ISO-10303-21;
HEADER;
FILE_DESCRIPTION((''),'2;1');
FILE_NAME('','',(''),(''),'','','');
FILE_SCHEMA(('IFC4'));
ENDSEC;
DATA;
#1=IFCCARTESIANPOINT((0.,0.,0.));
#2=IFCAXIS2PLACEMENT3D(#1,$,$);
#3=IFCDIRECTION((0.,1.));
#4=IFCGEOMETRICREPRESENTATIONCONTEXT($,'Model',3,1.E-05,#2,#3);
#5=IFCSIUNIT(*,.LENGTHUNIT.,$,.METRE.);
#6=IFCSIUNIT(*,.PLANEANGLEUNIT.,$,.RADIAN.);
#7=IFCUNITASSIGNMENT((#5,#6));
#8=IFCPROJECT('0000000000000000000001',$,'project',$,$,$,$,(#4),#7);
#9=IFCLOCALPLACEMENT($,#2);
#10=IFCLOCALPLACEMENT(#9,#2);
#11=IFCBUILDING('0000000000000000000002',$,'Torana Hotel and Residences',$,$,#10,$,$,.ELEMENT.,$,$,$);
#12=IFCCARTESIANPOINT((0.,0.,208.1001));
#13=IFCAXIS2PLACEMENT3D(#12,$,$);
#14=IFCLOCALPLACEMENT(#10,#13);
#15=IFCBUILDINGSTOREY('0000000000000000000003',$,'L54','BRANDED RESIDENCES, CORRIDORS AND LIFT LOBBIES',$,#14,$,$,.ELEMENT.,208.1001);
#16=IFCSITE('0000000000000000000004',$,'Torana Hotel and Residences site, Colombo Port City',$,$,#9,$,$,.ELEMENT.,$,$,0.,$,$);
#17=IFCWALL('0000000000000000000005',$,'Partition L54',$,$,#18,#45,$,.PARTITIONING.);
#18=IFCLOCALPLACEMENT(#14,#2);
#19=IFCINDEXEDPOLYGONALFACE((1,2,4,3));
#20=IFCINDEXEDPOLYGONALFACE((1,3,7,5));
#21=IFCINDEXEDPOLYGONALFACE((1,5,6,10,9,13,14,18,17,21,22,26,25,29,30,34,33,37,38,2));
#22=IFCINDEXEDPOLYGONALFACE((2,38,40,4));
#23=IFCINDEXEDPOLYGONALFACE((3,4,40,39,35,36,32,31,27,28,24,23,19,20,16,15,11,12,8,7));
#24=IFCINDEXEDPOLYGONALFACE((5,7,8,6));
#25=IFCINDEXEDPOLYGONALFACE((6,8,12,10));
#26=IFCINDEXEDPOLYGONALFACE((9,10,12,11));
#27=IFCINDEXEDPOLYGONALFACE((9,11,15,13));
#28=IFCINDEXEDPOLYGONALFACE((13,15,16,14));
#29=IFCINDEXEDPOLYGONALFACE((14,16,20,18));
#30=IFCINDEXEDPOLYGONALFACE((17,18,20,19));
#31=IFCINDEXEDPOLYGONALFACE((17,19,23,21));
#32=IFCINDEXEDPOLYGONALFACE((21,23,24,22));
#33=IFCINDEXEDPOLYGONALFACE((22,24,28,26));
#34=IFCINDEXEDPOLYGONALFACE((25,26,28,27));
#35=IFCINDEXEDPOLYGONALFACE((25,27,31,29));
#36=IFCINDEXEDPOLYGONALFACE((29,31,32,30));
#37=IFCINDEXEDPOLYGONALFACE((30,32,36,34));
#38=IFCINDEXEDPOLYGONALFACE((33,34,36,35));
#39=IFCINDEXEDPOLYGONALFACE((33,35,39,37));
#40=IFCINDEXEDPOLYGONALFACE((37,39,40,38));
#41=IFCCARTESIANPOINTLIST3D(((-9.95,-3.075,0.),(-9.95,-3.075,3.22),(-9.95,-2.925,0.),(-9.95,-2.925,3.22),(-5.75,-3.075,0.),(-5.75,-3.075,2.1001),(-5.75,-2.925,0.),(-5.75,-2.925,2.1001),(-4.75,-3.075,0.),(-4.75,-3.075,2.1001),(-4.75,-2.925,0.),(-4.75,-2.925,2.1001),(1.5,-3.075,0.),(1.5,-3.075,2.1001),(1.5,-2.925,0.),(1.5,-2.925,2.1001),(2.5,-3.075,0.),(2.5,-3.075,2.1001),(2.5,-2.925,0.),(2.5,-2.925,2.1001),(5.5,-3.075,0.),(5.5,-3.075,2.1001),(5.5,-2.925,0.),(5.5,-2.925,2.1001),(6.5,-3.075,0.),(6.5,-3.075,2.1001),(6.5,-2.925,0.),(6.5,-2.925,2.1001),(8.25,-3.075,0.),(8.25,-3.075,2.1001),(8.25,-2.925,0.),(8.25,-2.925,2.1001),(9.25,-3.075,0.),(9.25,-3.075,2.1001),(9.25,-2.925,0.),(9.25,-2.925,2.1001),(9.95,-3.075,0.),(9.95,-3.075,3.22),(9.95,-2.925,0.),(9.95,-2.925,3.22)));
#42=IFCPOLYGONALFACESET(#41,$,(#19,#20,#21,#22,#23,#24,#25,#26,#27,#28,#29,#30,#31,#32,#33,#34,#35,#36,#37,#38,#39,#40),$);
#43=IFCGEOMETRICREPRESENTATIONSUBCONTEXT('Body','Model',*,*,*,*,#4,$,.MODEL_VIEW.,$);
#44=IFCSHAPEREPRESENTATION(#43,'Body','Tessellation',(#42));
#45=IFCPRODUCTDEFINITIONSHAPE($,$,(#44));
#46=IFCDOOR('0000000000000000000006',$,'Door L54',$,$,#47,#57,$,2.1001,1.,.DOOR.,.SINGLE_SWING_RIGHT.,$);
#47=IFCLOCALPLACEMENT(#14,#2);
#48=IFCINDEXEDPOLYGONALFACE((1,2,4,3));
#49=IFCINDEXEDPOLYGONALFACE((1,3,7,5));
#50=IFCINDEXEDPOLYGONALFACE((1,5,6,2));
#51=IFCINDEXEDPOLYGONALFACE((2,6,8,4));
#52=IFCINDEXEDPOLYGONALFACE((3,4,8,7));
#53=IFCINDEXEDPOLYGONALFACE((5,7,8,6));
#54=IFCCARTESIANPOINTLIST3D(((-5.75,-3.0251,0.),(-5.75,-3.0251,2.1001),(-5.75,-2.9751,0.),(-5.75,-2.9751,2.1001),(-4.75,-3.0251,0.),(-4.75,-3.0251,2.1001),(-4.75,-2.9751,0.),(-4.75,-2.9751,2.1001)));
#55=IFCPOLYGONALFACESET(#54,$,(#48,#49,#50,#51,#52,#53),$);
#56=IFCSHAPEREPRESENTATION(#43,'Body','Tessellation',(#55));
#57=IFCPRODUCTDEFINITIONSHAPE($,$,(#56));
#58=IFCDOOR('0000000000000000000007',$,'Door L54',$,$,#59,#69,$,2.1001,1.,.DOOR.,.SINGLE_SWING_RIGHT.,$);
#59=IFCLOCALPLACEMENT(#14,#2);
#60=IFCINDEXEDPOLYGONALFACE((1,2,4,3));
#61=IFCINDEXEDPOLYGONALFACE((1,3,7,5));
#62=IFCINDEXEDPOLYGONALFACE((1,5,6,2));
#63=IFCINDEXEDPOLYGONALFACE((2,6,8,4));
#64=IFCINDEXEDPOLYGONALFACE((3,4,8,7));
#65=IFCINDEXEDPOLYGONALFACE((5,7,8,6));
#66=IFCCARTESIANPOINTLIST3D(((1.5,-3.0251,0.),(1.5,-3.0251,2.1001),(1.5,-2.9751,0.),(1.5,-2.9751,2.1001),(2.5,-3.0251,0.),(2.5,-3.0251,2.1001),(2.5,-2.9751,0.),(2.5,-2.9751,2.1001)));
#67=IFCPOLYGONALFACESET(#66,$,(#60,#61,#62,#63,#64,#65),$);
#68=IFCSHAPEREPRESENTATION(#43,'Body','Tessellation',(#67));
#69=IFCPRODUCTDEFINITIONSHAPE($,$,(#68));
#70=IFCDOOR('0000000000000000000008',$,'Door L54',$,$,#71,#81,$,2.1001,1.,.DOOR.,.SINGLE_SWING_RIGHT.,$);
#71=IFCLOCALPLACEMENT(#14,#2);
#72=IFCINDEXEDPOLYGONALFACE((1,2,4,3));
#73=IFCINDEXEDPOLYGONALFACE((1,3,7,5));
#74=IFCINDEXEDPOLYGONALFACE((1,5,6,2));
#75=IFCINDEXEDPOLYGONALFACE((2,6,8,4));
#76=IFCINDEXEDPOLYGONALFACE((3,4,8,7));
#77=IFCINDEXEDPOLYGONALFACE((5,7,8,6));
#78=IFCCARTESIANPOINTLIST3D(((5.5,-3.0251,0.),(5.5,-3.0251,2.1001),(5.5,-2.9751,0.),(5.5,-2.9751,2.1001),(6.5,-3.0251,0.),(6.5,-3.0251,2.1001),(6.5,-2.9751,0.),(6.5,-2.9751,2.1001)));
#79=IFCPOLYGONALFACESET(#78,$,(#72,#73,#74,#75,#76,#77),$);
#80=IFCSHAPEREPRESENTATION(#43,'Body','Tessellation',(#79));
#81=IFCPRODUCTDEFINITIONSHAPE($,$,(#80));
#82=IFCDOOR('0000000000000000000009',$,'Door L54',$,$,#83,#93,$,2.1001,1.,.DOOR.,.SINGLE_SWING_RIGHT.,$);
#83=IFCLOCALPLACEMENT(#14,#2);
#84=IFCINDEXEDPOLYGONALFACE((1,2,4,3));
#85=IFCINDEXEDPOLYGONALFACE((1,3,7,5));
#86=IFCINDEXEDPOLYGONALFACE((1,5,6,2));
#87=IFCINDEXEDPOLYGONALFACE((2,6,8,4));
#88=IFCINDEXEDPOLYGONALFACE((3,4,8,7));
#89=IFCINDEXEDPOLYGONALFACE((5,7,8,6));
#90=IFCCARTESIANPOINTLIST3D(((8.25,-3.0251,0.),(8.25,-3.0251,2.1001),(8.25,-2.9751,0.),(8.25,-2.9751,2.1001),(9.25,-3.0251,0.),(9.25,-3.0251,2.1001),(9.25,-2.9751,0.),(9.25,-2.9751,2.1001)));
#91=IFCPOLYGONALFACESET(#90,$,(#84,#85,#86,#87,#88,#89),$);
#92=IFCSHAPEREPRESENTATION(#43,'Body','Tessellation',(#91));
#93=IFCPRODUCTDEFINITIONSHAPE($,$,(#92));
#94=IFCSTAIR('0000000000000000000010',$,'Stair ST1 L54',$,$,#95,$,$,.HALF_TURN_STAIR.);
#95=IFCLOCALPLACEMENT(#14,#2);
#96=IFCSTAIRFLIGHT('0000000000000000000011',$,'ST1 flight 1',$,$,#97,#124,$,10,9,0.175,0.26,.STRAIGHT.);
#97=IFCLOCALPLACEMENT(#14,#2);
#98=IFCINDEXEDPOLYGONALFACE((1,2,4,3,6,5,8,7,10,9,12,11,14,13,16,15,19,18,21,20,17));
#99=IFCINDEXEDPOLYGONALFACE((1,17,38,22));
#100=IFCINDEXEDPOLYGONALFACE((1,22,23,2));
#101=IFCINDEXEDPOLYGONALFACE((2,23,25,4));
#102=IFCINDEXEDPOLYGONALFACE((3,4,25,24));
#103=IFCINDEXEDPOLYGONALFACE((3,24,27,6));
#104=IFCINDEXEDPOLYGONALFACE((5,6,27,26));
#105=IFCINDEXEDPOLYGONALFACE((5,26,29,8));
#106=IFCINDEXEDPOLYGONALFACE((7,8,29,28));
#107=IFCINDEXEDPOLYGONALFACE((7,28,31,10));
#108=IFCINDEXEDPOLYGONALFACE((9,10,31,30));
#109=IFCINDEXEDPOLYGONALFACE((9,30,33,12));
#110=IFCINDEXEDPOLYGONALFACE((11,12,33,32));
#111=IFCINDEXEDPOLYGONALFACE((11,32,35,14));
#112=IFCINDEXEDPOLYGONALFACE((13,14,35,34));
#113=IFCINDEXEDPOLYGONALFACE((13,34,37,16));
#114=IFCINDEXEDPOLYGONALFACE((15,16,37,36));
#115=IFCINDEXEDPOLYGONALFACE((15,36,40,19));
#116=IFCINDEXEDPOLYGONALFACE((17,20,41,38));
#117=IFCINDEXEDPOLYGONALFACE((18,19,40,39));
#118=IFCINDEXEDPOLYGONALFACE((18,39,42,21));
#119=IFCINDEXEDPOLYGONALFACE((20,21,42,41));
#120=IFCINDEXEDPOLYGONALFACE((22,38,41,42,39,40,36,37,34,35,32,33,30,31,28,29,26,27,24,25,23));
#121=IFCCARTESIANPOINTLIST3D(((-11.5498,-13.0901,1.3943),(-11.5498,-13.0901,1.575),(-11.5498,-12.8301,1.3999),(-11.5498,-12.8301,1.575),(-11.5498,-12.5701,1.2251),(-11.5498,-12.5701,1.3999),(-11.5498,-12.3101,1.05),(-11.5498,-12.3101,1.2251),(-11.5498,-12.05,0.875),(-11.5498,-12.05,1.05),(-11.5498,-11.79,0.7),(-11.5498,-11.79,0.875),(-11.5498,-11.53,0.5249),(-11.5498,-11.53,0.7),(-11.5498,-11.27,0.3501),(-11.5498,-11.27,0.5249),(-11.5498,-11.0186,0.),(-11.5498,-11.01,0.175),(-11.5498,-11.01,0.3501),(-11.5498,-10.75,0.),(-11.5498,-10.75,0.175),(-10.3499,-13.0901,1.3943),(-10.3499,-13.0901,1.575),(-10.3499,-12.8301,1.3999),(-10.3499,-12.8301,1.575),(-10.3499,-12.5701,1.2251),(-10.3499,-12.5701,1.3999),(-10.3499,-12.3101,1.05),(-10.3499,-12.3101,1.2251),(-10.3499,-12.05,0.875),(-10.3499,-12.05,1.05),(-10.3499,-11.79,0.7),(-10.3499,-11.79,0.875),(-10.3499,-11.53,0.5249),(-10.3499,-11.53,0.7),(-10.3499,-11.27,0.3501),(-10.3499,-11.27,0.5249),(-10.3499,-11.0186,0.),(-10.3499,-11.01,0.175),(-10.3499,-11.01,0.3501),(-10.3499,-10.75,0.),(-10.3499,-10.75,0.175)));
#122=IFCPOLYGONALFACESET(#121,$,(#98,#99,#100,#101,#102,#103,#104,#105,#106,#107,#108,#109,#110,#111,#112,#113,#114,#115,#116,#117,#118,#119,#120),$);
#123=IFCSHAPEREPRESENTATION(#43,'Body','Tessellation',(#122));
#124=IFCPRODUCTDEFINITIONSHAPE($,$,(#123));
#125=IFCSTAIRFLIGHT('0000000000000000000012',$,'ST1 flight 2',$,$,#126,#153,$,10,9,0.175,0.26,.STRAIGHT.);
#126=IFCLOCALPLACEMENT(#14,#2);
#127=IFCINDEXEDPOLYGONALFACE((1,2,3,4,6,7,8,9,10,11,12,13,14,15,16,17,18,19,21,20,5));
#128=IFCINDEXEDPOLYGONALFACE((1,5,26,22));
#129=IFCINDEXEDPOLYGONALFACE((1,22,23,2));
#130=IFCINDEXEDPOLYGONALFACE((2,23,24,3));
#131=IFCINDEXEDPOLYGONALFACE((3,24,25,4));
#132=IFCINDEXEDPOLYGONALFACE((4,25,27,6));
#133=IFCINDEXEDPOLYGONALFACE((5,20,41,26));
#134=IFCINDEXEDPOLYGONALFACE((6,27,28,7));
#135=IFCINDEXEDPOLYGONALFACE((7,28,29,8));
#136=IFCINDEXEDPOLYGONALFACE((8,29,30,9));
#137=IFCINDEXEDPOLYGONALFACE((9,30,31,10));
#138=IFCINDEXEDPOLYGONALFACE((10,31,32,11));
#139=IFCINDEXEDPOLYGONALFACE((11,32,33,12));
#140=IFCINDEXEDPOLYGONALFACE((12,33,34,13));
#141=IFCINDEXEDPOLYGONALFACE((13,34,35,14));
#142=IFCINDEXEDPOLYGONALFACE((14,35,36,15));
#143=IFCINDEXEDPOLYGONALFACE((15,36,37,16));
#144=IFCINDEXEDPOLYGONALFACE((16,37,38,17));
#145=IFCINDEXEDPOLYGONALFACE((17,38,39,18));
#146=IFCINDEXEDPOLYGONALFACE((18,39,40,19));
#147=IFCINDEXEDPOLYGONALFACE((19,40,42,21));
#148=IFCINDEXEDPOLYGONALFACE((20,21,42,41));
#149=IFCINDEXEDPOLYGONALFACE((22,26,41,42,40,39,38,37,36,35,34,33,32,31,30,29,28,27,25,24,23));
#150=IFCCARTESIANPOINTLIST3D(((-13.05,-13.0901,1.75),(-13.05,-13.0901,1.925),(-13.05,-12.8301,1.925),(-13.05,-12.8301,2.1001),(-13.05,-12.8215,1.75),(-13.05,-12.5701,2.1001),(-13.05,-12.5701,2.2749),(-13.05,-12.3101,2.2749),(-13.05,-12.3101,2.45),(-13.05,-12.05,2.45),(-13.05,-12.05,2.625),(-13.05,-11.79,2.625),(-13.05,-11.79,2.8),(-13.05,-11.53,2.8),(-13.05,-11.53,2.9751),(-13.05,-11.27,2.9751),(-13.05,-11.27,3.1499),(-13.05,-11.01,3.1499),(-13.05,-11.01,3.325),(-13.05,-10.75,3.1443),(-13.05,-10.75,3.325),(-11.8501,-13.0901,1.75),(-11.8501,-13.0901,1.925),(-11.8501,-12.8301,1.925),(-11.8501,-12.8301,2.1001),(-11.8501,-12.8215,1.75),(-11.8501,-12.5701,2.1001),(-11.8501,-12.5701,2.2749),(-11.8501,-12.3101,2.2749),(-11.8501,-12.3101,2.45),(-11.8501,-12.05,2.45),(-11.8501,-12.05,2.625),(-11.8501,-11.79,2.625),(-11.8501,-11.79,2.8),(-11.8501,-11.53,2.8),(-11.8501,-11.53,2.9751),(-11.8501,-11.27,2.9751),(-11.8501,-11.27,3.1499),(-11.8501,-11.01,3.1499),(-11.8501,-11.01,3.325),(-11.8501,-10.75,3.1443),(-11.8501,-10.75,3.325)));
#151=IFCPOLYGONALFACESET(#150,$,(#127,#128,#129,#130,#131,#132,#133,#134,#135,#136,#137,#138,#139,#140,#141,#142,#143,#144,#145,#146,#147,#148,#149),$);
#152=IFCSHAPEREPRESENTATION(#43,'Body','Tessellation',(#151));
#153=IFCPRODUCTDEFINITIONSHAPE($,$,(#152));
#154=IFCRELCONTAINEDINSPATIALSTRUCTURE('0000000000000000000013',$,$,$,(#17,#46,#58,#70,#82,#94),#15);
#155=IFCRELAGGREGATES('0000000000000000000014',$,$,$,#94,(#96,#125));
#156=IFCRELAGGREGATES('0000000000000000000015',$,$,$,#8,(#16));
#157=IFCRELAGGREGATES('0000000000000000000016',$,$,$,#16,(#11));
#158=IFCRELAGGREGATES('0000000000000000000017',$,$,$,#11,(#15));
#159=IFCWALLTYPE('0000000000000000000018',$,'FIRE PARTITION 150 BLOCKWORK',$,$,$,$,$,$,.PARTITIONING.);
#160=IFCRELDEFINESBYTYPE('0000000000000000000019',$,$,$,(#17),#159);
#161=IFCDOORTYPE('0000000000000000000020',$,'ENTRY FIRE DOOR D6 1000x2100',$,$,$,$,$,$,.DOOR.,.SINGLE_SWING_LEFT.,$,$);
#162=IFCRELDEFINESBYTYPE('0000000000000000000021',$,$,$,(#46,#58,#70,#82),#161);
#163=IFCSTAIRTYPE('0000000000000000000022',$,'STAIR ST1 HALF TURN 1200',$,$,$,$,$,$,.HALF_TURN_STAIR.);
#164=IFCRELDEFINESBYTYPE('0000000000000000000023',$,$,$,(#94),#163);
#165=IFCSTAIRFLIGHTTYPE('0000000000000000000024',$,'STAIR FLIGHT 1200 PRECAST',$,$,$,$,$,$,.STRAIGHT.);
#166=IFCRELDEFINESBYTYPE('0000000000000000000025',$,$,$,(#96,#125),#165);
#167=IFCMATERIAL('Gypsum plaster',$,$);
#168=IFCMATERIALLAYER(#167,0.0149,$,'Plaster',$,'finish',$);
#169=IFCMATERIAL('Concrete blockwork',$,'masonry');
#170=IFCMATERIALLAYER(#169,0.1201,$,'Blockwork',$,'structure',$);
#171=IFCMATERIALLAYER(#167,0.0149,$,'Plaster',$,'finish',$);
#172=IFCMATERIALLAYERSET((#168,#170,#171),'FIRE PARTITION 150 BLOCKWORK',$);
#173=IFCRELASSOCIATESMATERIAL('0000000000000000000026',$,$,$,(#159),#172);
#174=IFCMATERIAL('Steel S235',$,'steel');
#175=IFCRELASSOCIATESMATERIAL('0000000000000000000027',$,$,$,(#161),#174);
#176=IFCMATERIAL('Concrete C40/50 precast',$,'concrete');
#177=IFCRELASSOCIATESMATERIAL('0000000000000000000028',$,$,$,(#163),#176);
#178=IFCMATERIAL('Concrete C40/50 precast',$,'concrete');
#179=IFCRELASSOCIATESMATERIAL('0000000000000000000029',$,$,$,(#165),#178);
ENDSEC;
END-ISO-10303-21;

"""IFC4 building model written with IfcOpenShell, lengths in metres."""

from ifc_helpers import new_model, si_unit, direction, frame, frame_2d, origin, place, context, subcontext, project, spatial, polyline, rectangle, outline, extrude, material, layer, layer_set, type_object, element, fill, aggregate, save


model = new_model("IFC4")

# Units and contexts
model_context = context("Model", 3, precision=1e-05, world=origin(), true_north=direction((0.0, 1.0)))
body_context = subcontext(model_context, "Body", "Model", "MODEL_VIEW")
ifc_project = project(units=[si_unit("LENGTHUNIT", "METRE"), si_unit("PLANEANGLEUNIT", "RADIAN")], contexts=[model_context])

# Site, building, storey
site_placement = place(None, origin())
site = spatial("IfcSite", under=ifc_project, at=site_placement, Name="Torana Hotel and Residences site, Colombo Port City", CompositionType="ELEMENT", RefElevation=0.0)
building_placement = place(site_placement, origin())
building = spatial("IfcBuilding", under=site, at=building_placement, Name="Torana Hotel and Residences", CompositionType="ELEMENT")
storey_placement = place(building_placement, frame((0.0, 0.0, 208.1001)))
storey = spatial("IfcBuildingStorey", under=building, at=storey_placement, Name="L54", Description="BRANDED RESIDENCES, CORRIDORS AND LIFT LOBBIES", CompositionType="ELEMENT", Elevation=208.1001)

# Shared definitions
ifc_material_1 = material(Name="Gypsum plaster")
ifc_layer_1 = layer(ifc_material_1, 0.0149, Name="Plaster", Category="finish")
ifc_material_2 = material(Name="Concrete blockwork", Category="masonry")
ifc_layer_2 = layer(ifc_material_2, 0.1201, Name="Blockwork", Category="structure")
ifc_layer_3 = layer(ifc_material_1, 0.0149, Name="Plaster", Category="finish")
ifc_layer_set_1 = layer_set([ifc_layer_1, ifc_layer_2, ifc_layer_3], Name="FIRE PARTITION 150 BLOCKWORK")
wall_type_1 = type_object("IfcWallType", Name="FIRE PARTITION 150 BLOCKWORK", PredefinedType="PARTITIONING", material=ifc_layer_set_1)

# Wall, openings, doors
ifc_material_3 = material(Name="Steel S235", Category="steel")
door_type_1 = type_object("IfcDoorType", Name="ENTRY FIRE DOOR D6 1000x2100", OperationType="SINGLE_SWING_LEFT", PredefinedType="DOOR", material=ifc_material_3)
wall_1_placement = place(storey_placement, frame((-9.95, -3.0, 0.0), z_axis=(0.0, 0.0, 1.0), x_axis=(1.0, 0.0, 0.0)))
wall_1 = element("IfcWall", 1, at=wall_1_placement, inside=storey, type_object=wall_type_1, Name="Partition L54", PredefinedType="PARTITIONING", context=body_context, shape_type="SweptSolid", body=[
    extrude(rectangle(XDim=19.8999, YDim=0.1499, at=frame_2d((9.95, 0.0))), origin(), (0.0, 0.0, 1.0), 3.22),
])
opening_1_placement = place(wall_1_placement, frame((4.2, 0.0, 0.0)))
opening_1 = element("IfcOpeningElement", 2, at=opening_1_placement, cuts=wall_1, PredefinedType="OPENING", context=body_context, shape_type="SweptSolid", body=[
    extrude(rectangle(XDim=1.0, YDim=2.1001, at=frame_2d((0.5, 1.05))), frame((0.0, 0.085, 0.0), z_axis=(0.0, -1.0, 0.0), x_axis=(1.0, 0.0, 0.0)), (0.0, 0.0, 1.0), 0.1699),
])
opening_2_placement = place(wall_1_placement, frame((11.45, 0.0, 0.0)))
opening_2 = element("IfcOpeningElement", 3, at=opening_2_placement, cuts=wall_1, PredefinedType="OPENING", context=body_context, shape_type="SweptSolid", body=[
    extrude(rectangle(XDim=1.0, YDim=2.1001, at=frame_2d((0.5, 1.05))), frame((0.0, 0.085, 0.0), z_axis=(0.0, -1.0, 0.0), x_axis=(1.0, 0.0, 0.0)), (0.0, 0.0, 1.0), 0.1699),
])
opening_3_placement = place(wall_1_placement, frame((15.45, 0.0, 0.0)))
opening_3 = element("IfcOpeningElement", 4, at=opening_3_placement, cuts=wall_1, PredefinedType="OPENING", context=body_context, shape_type="SweptSolid", body=[
    extrude(rectangle(XDim=1.0, YDim=2.1001, at=frame_2d((0.5, 1.05))), frame((0.0, 0.085, 0.0), z_axis=(0.0, -1.0, 0.0), x_axis=(1.0, 0.0, 0.0)), (0.0, 0.0, 1.0), 0.1699),
])
opening_4_placement = place(wall_1_placement, frame((18.2, 0.0, 0.0)))
opening_4 = element("IfcOpeningElement", 5, at=opening_4_placement, cuts=wall_1, PredefinedType="OPENING", context=body_context, shape_type="SweptSolid", body=[
    extrude(rectangle(XDim=1.0, YDim=2.1001, at=frame_2d((0.5, 1.05))), frame((0.0, 0.085, 0.0), z_axis=(0.0, -1.0, 0.0), x_axis=(1.0, 0.0, 0.0)), (0.0, 0.0, 1.0), 0.1699),
])
door_1_placement = place(opening_1_placement, origin())
door_1 = element("IfcDoor", 6, at=door_1_placement, inside=storey, type_object=door_type_1, Name="Door L54", OperationType="SINGLE_SWING_RIGHT", OverallHeight=2.1001, OverallWidth=1.0, PredefinedType="DOOR", context=body_context, shape_type="SweptSolid", body=[
    extrude(rectangle(XDim=1.0, YDim=2.1001, at=frame_2d((0.5, 1.05))), frame((0.0, 0.0249, 0.0), z_axis=(0.0, -1.0, 0.0), x_axis=(1.0, 0.0, 0.0)), (0.0, 0.0, 1.0), 0.05),
])
fill(opening_1, door_1)
door_2_placement = place(opening_2_placement, origin())
door_2 = element("IfcDoor", 7, at=door_2_placement, inside=storey, type_object=door_type_1, Name="Door L54", OperationType="SINGLE_SWING_RIGHT", OverallHeight=2.1001, OverallWidth=1.0, PredefinedType="DOOR", context=body_context, shape_type="SweptSolid", body=[
    extrude(rectangle(XDim=1.0, YDim=2.1001, at=frame_2d((0.5, 1.05))), frame((0.0, 0.0249, 0.0), z_axis=(0.0, -1.0, 0.0), x_axis=(1.0, 0.0, 0.0)), (0.0, 0.0, 1.0), 0.05),
])
fill(opening_2, door_2)
door_3_placement = place(opening_3_placement, origin())
door_3 = element("IfcDoor", 8, at=door_3_placement, inside=storey, type_object=door_type_1, Name="Door L54", OperationType="SINGLE_SWING_RIGHT", OverallHeight=2.1001, OverallWidth=1.0, PredefinedType="DOOR", context=body_context, shape_type="SweptSolid", body=[
    extrude(rectangle(XDim=1.0, YDim=2.1001, at=frame_2d((0.5, 1.05))), frame((0.0, 0.0249, 0.0), z_axis=(0.0, -1.0, 0.0), x_axis=(1.0, 0.0, 0.0)), (0.0, 0.0, 1.0), 0.05),
])
fill(opening_3, door_3)
door_4_placement = place(opening_4_placement, origin())
door_4 = element("IfcDoor", 9, at=door_4_placement, inside=storey, type_object=door_type_1, Name="Door L54", OperationType="SINGLE_SWING_RIGHT", OverallHeight=2.1001, OverallWidth=1.0, PredefinedType="DOOR", context=body_context, shape_type="SweptSolid", body=[
    extrude(rectangle(XDim=1.0, YDim=2.1001, at=frame_2d((0.5, 1.05))), frame((0.0, 0.0249, 0.0), z_axis=(0.0, -1.0, 0.0), x_axis=(1.0, 0.0, 0.0)), (0.0, 0.0, 1.0), 0.05),
])
fill(opening_4, door_4)

# Stair, stair flights
ifc_material_4 = material(Name="Concrete C40/50 precast", Category="concrete")
stair_type = type_object("IfcStairType", Name="STAIR ST1 HALF TURN 1200", PredefinedType="HALF_TURN_STAIR", material=ifc_material_4)
stair_placement = place(storey_placement, origin())
stair = element("IfcStair", 10, at=stair_placement, inside=storey, type_object=stair_type, Name="Stair ST1 L54", PredefinedType="HALF_TURN_STAIR")
ifc_material_5 = material(Name="Concrete C40/50 precast", Category="concrete")
stair_flight_type = type_object("IfcStairFlightType", Name="STAIR FLIGHT 1200 PRECAST", PredefinedType="STRAIGHT", material=ifc_material_5)
stair_flight_1_placement = place(storey_placement, frame((-10.95, -10.75, 0.0), z_axis=(0.0, 0.0, 1.0), x_axis=(0.0, -1.0, 0.0)))
stair_flight_1 = element("IfcStairFlight", 11, at=stair_flight_1_placement, type_object=stair_flight_type, Name="ST1 flight 1", NumberOfRisers=10, NumberOfTreads=9, PredefinedType="STRAIGHT", RiserHeight=0.175, TreadLength=0.26, context=body_context, shape_type="SweptSolid", body=[
    extrude(outline(polyline([(0.0, 0.0), (0.0, 0.175), (0.26, 0.175), (0.26, 0.3501), (0.52, 0.3501), (0.52, 0.5249), (0.78, 0.5249), (0.78, 0.7), (1.04, 0.7), (1.04, 0.875), (1.3, 0.875), (1.3, 1.05), (1.5601, 1.05), (1.5601, 1.2251), (1.8201, 1.2251), (1.8201, 1.3999), (2.0801, 1.3999), (2.0801, 1.575), (2.3401, 1.575), (2.3401, 1.75), (2.3401, 1.3943), (0.2686, 0.0), (0.0, 0.0)])), frame((0.0, 0.6001, 0.0), z_axis=(0.0, -1.0, 0.0), x_axis=(1.0, 0.0, 0.0)), (0.0, 0.0, 1.0), 1.2),
])
stair_flight_2_placement = place(storey_placement, frame((-12.45, -13.0901, 1.75), z_axis=(0.0, 0.0, 1.0), x_axis=(0.0, 1.0, 0.0)))
stair_flight_2 = element("IfcStairFlight", 12, at=stair_flight_2_placement, type_object=stair_flight_type, Name="ST1 flight 2", NumberOfRisers=10, NumberOfTreads=9, PredefinedType="STRAIGHT", RiserHeight=0.175, TreadLength=0.26, context=body_context, shape_type="SweptSolid", body=[
    extrude(outline(polyline([(0.0, 0.0), (0.0, 0.175), (0.26, 0.175), (0.26, 0.3501), (0.52, 0.3501), (0.52, 0.5249), (0.78, 0.5249), (0.78, 0.7), (1.04, 0.7), (1.04, 0.875), (1.3, 0.875), (1.3, 1.05), (1.5601, 1.05), (1.5601, 1.2251), (1.8201, 1.2251), (1.8201, 1.3999), (2.0801, 1.3999), (2.0801, 1.575), (2.3401, 1.575), (2.3401, 1.75), (2.3401, 1.3943), (0.2686, 0.0), (0.0, 0.0)])), frame((0.0, 0.6001, 0.0), z_axis=(0.0, -1.0, 0.0), x_axis=(1.0, 0.0, 0.0)), (0.0, 0.0, 1.0), 1.2),
])
aggregate(stair, [stair_flight_1, stair_flight_2])

save(model, "model.ifc")
